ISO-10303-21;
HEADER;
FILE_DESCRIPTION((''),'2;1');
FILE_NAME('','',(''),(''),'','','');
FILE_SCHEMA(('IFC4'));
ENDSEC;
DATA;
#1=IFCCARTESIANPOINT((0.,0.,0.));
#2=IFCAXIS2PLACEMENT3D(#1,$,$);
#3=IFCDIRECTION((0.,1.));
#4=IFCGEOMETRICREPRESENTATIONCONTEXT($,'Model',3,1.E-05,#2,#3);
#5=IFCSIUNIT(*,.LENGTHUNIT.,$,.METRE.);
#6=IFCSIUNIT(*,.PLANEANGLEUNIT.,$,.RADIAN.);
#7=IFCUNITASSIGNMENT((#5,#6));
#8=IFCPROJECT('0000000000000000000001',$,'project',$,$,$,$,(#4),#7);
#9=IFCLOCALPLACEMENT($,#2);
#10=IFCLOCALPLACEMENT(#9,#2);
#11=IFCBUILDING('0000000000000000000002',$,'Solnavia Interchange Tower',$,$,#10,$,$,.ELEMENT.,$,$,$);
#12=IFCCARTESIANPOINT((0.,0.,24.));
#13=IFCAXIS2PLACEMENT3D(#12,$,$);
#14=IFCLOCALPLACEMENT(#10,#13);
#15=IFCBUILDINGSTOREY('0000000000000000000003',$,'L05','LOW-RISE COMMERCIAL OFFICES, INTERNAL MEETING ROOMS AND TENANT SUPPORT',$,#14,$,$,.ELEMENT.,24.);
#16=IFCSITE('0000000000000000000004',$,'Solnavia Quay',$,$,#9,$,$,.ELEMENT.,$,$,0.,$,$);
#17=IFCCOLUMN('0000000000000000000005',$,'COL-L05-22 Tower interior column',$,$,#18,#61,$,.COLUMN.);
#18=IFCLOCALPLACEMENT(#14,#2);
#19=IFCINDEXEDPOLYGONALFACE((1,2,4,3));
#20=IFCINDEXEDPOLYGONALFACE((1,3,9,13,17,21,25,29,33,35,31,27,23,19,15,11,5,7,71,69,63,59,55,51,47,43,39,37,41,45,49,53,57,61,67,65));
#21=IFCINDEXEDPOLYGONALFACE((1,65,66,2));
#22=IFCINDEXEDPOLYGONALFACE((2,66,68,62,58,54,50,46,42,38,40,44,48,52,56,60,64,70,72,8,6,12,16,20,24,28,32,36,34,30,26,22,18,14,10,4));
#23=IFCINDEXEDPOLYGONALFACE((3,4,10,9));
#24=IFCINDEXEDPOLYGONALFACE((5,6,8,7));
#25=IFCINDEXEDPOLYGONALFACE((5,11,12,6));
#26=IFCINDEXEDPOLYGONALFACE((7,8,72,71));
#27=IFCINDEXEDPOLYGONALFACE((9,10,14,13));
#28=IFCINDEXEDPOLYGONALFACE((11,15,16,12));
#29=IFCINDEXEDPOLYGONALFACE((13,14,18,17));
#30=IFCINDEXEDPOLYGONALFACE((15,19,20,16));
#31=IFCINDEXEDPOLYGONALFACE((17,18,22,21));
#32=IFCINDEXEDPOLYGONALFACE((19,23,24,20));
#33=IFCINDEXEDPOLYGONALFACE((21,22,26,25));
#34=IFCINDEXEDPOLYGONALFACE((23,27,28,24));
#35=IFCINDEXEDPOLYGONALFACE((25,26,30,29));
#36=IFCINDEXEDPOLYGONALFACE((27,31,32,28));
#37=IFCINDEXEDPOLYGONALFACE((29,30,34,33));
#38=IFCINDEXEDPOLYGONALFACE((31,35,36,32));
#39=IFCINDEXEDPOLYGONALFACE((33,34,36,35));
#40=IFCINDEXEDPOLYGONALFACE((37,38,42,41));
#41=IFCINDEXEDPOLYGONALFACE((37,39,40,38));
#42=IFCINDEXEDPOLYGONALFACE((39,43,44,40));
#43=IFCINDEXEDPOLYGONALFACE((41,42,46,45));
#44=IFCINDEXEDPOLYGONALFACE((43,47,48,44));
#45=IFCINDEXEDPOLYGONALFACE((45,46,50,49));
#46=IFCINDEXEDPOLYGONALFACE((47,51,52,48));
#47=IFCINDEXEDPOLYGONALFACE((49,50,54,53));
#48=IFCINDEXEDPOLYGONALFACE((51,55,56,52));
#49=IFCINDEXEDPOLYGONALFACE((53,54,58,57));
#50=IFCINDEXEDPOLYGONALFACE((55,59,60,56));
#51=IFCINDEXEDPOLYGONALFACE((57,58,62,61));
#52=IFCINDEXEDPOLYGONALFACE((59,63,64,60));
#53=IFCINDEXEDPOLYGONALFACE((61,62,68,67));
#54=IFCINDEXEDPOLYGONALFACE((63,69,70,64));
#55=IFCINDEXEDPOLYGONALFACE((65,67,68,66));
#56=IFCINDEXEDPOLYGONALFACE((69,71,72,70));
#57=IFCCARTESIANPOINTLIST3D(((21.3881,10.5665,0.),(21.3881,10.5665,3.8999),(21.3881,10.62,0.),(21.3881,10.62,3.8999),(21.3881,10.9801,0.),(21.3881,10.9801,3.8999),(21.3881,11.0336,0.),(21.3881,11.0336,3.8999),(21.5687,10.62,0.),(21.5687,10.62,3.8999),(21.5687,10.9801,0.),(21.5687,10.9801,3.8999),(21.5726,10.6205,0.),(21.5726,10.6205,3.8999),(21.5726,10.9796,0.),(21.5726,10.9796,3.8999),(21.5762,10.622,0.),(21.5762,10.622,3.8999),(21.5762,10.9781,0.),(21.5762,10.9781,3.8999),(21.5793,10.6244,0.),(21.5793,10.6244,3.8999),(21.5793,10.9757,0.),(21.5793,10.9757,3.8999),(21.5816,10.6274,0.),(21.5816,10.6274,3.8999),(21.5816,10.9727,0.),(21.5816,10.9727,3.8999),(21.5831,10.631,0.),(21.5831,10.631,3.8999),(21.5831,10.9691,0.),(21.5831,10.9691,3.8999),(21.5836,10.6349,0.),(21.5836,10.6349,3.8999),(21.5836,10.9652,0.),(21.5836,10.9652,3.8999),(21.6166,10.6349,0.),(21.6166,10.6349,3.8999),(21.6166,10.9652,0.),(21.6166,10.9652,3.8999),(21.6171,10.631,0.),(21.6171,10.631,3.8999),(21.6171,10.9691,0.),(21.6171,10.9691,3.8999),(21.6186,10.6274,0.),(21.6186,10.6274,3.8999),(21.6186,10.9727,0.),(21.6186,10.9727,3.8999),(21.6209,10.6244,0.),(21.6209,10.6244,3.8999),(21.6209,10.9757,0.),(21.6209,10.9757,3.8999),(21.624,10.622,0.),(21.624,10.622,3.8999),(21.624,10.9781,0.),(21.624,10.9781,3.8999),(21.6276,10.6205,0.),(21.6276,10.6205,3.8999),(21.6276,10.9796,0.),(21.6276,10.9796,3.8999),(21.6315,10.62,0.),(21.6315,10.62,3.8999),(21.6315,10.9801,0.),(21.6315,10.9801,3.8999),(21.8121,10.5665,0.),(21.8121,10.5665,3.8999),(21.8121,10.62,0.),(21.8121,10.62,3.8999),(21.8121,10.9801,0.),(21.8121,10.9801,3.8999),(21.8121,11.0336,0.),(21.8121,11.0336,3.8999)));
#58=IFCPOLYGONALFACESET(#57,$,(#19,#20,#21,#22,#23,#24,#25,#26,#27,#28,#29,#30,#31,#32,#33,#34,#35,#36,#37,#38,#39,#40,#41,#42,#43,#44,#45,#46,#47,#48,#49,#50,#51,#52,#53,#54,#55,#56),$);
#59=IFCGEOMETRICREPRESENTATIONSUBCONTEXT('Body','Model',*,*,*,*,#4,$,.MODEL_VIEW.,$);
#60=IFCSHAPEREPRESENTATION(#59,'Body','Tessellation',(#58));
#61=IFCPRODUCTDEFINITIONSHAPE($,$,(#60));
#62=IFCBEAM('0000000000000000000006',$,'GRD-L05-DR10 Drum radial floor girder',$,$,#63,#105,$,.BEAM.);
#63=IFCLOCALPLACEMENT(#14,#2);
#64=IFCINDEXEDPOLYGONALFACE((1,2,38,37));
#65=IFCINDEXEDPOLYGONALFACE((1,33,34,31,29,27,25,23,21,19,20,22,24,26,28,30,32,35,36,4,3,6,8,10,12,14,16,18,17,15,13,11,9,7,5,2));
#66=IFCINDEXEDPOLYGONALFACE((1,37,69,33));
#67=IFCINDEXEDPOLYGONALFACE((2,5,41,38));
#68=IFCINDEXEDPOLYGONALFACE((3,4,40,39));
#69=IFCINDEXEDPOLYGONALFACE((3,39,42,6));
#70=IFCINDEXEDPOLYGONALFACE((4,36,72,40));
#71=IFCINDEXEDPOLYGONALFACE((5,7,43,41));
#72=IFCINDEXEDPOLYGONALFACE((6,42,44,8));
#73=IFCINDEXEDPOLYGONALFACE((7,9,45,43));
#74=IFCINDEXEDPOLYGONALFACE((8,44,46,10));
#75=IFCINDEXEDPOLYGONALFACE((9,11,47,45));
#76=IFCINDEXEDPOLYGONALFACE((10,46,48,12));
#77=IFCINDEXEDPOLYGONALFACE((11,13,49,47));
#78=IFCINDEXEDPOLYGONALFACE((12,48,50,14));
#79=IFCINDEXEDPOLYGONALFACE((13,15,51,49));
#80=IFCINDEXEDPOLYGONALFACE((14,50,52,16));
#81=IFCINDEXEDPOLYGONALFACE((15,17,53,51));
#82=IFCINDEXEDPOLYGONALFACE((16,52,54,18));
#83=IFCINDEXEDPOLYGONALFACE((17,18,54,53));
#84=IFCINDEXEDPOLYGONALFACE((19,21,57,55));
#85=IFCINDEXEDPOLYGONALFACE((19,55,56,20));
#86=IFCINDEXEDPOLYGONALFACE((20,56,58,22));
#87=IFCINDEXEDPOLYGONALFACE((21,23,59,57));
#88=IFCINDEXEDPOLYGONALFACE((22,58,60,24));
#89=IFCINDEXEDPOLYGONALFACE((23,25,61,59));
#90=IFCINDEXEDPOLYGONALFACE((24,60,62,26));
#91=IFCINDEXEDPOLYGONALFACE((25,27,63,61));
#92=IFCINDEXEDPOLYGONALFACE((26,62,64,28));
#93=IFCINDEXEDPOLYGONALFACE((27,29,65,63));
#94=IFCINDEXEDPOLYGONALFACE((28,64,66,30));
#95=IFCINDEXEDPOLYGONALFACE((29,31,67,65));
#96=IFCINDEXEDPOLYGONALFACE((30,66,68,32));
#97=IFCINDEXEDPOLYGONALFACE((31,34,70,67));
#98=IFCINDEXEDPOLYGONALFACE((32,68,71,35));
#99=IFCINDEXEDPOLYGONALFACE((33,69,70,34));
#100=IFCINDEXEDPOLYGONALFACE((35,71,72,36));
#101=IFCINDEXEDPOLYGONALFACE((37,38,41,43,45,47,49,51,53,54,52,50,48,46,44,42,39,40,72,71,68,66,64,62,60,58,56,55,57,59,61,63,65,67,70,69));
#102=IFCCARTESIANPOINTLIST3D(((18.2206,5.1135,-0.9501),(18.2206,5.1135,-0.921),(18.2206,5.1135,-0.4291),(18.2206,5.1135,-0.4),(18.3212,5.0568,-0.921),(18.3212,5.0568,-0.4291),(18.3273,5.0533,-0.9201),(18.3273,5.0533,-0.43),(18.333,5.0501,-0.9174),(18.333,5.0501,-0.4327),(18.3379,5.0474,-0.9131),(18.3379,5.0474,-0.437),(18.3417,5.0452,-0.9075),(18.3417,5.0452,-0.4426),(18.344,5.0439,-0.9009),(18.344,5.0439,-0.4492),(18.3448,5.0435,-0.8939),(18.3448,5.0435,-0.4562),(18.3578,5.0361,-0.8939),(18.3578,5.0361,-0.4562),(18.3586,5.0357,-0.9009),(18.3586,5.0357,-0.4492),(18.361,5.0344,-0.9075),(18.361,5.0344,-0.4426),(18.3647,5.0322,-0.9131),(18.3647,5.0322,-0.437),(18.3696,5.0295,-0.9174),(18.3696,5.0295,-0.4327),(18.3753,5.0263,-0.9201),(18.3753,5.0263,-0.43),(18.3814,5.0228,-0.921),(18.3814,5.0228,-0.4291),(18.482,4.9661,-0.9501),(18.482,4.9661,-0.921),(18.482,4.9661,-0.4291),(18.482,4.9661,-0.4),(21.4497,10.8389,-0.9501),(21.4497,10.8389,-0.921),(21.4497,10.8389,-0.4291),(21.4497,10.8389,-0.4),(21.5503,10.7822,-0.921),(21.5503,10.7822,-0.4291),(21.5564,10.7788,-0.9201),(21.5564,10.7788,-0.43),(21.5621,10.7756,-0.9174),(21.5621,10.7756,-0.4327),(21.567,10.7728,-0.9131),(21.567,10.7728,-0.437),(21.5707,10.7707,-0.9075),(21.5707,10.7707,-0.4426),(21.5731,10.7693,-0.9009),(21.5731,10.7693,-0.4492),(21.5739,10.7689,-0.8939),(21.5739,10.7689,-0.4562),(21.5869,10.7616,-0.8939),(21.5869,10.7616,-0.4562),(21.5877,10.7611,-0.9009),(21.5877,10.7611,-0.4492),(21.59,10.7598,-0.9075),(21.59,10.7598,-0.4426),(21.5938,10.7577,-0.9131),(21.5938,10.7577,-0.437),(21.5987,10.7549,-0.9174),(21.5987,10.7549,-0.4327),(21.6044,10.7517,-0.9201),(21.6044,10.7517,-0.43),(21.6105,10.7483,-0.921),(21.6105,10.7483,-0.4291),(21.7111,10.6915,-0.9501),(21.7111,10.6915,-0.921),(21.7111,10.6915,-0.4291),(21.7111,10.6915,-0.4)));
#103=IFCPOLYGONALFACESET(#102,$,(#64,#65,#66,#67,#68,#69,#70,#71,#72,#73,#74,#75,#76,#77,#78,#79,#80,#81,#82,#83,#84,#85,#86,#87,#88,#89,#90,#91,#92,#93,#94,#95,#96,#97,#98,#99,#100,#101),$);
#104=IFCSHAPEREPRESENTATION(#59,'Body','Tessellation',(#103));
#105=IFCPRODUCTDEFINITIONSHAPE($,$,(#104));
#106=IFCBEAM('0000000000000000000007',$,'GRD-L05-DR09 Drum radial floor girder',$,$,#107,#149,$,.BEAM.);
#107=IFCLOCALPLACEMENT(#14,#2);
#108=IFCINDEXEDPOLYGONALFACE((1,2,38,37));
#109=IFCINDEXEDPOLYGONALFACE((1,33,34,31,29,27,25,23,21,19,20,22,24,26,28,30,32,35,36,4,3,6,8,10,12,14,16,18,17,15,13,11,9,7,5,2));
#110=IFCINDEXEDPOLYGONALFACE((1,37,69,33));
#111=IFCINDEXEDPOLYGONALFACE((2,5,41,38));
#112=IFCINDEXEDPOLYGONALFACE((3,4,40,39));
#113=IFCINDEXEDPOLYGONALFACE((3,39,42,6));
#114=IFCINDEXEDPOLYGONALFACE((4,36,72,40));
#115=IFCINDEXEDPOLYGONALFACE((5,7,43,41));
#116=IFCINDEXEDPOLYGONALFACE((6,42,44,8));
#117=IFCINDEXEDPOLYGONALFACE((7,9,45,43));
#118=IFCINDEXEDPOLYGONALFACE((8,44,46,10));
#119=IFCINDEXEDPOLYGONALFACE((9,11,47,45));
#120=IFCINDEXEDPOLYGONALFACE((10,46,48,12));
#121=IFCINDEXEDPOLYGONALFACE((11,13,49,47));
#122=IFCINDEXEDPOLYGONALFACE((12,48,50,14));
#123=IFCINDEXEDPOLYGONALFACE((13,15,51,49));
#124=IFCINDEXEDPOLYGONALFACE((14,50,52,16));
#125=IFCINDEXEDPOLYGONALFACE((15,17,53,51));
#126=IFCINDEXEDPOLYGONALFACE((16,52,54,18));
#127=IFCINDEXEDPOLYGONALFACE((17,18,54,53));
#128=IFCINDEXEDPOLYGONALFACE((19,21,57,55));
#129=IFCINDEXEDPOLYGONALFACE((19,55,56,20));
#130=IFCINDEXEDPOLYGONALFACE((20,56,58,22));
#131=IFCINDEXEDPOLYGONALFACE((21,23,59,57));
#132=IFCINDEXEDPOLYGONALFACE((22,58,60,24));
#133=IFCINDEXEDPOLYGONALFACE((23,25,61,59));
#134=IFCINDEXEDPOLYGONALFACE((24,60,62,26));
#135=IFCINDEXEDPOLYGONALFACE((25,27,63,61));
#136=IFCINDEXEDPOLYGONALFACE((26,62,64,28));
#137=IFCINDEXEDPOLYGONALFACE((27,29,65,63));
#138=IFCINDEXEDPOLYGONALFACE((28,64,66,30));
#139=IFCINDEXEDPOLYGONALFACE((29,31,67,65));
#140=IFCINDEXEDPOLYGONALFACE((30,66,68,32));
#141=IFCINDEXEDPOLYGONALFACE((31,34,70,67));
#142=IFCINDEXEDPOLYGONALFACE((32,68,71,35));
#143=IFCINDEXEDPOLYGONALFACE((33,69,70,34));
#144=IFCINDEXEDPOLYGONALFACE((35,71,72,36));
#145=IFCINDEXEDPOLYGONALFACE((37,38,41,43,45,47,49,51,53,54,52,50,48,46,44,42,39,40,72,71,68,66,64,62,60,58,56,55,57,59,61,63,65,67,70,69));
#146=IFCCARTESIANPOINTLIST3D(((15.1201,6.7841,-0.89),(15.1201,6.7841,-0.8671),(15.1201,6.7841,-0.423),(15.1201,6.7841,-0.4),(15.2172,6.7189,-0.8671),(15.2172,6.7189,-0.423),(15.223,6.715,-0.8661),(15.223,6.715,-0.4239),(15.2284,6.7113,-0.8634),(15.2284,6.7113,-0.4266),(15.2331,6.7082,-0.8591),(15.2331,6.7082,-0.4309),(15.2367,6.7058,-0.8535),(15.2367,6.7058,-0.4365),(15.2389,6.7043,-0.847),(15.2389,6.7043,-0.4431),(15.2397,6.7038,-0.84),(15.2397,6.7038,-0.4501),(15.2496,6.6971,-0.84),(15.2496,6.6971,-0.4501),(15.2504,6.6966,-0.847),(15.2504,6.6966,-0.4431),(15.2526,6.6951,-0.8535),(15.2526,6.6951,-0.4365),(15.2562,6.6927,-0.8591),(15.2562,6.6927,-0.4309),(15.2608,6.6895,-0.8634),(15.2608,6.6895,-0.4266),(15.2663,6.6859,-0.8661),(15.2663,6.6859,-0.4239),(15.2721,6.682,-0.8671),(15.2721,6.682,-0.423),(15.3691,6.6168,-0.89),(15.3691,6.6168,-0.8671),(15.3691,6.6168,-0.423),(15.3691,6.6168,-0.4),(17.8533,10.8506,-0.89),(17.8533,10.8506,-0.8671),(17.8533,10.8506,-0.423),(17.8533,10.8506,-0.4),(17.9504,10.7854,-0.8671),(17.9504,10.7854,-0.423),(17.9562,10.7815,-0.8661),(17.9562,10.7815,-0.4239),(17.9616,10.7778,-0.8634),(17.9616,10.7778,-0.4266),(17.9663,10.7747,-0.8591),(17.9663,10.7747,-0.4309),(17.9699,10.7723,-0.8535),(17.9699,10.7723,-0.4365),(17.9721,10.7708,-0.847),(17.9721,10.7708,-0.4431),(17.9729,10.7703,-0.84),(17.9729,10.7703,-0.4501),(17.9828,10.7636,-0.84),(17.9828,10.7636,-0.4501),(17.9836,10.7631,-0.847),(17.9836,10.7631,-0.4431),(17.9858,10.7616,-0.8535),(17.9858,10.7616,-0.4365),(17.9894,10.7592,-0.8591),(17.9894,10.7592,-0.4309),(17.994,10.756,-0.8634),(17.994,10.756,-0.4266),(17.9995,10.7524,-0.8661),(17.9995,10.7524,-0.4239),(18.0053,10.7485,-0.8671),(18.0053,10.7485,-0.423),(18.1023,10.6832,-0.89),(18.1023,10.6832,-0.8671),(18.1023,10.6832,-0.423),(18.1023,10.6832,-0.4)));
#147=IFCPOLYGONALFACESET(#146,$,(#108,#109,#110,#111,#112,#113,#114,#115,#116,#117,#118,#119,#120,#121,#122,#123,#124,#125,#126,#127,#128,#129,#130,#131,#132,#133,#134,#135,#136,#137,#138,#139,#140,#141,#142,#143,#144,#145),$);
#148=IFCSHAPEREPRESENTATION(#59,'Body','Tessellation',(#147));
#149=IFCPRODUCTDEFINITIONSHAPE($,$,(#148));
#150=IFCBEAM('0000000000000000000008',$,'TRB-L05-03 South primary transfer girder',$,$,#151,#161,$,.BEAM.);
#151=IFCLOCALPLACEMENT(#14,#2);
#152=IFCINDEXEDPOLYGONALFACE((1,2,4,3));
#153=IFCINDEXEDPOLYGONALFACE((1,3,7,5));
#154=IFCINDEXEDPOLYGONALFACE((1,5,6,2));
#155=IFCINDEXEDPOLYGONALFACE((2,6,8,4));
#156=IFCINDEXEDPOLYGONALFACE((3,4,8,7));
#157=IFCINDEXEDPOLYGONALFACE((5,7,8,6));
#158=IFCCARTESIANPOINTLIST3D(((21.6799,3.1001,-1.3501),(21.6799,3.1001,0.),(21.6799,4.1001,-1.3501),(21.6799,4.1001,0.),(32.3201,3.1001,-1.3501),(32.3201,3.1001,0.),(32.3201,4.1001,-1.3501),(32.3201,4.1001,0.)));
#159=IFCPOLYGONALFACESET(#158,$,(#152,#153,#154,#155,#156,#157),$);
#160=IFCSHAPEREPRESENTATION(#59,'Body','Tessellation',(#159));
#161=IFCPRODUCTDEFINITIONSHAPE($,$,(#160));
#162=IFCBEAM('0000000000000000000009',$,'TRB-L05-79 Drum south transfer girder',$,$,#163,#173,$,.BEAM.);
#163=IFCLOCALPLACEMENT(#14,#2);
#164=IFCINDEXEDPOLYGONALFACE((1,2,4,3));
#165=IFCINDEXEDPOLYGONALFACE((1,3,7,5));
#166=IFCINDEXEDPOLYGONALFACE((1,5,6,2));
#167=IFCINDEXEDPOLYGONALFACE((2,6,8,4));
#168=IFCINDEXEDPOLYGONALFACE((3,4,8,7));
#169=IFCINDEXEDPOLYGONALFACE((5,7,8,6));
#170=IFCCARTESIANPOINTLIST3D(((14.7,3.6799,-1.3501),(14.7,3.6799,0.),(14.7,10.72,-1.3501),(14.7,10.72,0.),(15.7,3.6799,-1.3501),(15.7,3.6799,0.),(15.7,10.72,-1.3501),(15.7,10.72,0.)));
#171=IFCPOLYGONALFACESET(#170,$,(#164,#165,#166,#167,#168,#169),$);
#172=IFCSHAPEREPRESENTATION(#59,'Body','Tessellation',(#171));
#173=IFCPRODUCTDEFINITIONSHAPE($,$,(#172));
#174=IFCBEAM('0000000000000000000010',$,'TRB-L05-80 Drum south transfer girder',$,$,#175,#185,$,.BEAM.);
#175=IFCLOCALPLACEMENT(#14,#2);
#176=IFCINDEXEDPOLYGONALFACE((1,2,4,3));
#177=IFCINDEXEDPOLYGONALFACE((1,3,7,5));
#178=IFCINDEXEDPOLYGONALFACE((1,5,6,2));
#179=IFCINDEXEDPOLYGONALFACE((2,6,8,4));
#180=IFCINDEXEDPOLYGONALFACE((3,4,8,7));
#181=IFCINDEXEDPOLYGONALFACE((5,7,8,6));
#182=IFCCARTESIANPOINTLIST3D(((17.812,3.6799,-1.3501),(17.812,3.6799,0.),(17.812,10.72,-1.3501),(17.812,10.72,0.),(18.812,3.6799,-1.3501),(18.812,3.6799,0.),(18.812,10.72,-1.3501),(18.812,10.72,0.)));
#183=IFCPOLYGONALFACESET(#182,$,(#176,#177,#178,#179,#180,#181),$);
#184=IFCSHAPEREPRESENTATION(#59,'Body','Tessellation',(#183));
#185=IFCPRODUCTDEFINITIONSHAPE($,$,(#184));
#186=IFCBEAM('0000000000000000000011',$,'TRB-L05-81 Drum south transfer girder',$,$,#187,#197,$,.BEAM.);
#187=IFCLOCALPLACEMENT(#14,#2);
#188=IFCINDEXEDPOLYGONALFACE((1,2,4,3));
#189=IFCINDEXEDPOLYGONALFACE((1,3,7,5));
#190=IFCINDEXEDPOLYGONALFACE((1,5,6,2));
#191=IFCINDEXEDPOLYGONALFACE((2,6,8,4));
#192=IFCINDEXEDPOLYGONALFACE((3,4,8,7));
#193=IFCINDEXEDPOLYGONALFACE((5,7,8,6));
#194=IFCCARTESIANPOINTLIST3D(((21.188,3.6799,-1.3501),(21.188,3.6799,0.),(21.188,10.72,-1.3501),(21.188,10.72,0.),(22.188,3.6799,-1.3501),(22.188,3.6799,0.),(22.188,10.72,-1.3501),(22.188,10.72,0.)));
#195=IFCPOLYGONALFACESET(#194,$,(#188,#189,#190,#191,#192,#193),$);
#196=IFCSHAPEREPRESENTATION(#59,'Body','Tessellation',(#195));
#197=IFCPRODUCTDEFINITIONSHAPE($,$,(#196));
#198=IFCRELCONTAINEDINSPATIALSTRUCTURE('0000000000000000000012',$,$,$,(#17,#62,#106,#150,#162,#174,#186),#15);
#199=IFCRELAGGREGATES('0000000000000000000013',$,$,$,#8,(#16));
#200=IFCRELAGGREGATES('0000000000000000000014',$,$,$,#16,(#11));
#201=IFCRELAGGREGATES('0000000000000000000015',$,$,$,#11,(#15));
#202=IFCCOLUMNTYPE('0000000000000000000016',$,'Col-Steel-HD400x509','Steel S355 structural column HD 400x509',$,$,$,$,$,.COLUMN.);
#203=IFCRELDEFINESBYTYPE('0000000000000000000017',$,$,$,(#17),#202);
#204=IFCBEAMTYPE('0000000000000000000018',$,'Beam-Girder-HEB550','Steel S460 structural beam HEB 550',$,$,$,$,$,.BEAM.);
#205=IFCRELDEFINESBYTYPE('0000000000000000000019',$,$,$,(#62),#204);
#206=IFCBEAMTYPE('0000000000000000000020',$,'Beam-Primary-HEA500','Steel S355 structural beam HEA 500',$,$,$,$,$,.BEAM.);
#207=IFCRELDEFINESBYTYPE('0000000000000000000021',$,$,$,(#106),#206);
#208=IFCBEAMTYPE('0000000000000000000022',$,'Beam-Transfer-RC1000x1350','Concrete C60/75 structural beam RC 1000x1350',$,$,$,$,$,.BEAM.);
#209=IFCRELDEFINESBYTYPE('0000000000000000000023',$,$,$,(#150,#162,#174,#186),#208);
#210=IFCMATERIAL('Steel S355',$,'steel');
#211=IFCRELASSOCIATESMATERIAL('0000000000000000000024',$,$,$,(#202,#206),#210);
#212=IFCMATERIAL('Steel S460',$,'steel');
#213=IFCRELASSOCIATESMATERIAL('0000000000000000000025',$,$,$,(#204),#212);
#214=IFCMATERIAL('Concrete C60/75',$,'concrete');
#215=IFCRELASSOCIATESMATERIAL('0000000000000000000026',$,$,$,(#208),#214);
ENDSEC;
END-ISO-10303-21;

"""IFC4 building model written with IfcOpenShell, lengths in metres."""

from ifc_helpers import new_model, si_unit, direction, frame, origin, origin_2d, place, context, subcontext, project, spatial, rectangle, i_section, extrude, material, material_profile, profile_set, type_object, element, save


model = new_model("IFC4")

# Units and contexts
model_context = context("Model", 3, precision=1e-05, world=origin(), true_north=direction((0.0, 1.0)))
body_context = subcontext(model_context, "Body", "Model", "MODEL_VIEW")
ifc_project = project(units=[si_unit("LENGTHUNIT", "METRE"), si_unit("PLANEANGLEUNIT", "RADIAN")], contexts=[model_context])

# Site, building, storey
site_placement = place(None, origin())
site = spatial("IfcSite", under=ifc_project, at=site_placement, Name="Solnavia Quay", CompositionType="ELEMENT", RefElevation=0.0)
building_placement = place(site_placement, origin())
building = spatial("IfcBuilding", under=site, at=building_placement, Name="Solnavia Interchange Tower", CompositionType="ELEMENT")
storey_placement = place(building_placement, frame((0.0, 0.0, 24.0)))
storey = spatial("IfcBuildingStorey", under=building, at=storey_placement, Name="L05", Description="LOW-RISE COMMERCIAL OFFICES, INTERNAL MEETING ROOMS AND TENANT SUPPORT", CompositionType="ELEMENT", Elevation=24.0)

# Column
ifc_material_1 = material(Name="Concrete C60/75", Category="concrete")
ifc_material_2 = material(Name="Steel S355", Category="steel")
ifc_material_profile_1 = material_profile(ifc_material_2, i_section(OverallWidth=0.4241, OverallDepth=0.467, WebThickness=0.033, FlangeThickness=0.0535, FilletRadius=0.0149, at=origin_2d()), Name="HD 400x509")
ifc_profile_set_1 = profile_set([ifc_material_profile_1], Name="Steel S355")
column_type_1 = type_object("IfcColumnType", Name="Col-Steel-HD400x509", Description="Steel S355 structural column HD 400x509", PredefinedType="COLUMN", material=ifc_profile_set_1)
column_placement = place(storey_placement, frame((21.6001, 10.8, 0.0), z_axis=(0.0, 0.0, 1.0), x_axis=(1.0, 0.0, 0.0)))
element("IfcColumn", 1, at=column_placement, inside=storey, type_object=column_type_1, Name="COL-L05-22 Tower interior column", PredefinedType="COLUMN", context=body_context, shape_type="SweptSolid", body=[
    extrude(i_section(OverallWidth=0.4241, OverallDepth=0.467, WebThickness=0.033, FlangeThickness=0.0535, FilletRadius=0.0149, at=origin_2d()), origin(), (0.0, 0.0, 1.0), 3.8999),
])

# Beams
ifc_material_3 = material(Name="Steel S460", Category="steel")
ifc_material_profile_2 = material_profile(ifc_material_3, i_section(OverallWidth=0.3, OverallDepth=0.55, WebThickness=0.0149, FlangeThickness=0.0291, FilletRadius=0.0271, at=origin_2d()), Name="HEB 550")
ifc_profile_set_2 = profile_set([ifc_material_profile_2], Name="Steel S460")
beam_type_1 = type_object("IfcBeamType", Name="Beam-Girder-HEB550", Description="Steel S460 structural beam HEB 550", PredefinedType="BEAM", material=ifc_profile_set_2)
beam_1_placement = place(storey_placement, frame((18.3513, 5.0398, -0.675), z_axis=(0.491243, 0.871022, 0.0), x_axis=(-0.871022, 0.491243, 0.0)))
element("IfcBeam", 2, at=beam_1_placement, inside=storey, type_object=beam_type_1, Name="GRD-L05-DR10 Drum radial floor girder", PredefinedType="BEAM", context=body_context, shape_type="SweptSolid", body=[
    extrude(i_section(OverallWidth=0.3, OverallDepth=0.55, WebThickness=0.0149, FlangeThickness=0.0291, FilletRadius=0.0271, at=origin_2d()), origin(), (0.0, 0.0, 1.0), 6.5732),
])
ifc_material_profile_3 = material_profile(ifc_material_2, i_section(OverallWidth=0.3, OverallDepth=0.49, WebThickness=0.012, FlangeThickness=0.0229, FilletRadius=0.0271, at=origin_2d()), Name="HEA 500")
ifc_profile_set_3 = profile_set([ifc_material_profile_3], Name="Steel S355")
beam_type_2 = type_object("IfcBeamType", Name="Beam-Primary-HEA500", Description="Steel S355 structural beam HEA 500", PredefinedType="BEAM", material=ifc_profile_set_3)
beam_2_placement = place(storey_placement, frame((15.2446, 6.7004, -0.645), z_axis=(0.557835, 0.829952, 0.0), x_axis=(-0.829952, 0.557835, 0.0)))
element("IfcBeam", 3, at=beam_2_placement, inside=storey, type_object=beam_type_2, Name="GRD-L05-DR09 Drum radial floor girder", PredefinedType="BEAM", context=body_context, shape_type="SweptSolid", body=[
    extrude(i_section(OverallWidth=0.3, OverallDepth=0.49, WebThickness=0.012, FlangeThickness=0.0229, FilletRadius=0.0271, at=origin_2d()), origin(), (0.0, 0.0, 1.0), 4.8997),
])
ifc_material_profile_4 = material_profile(ifc_material_1, rectangle(XDim=1.0, YDim=1.3501, at=origin_2d()), Name="RC 1000x1350")
ifc_profile_set_4 = profile_set([ifc_material_profile_4], Name="Concrete C60/75")
beam_type_3 = type_object("IfcBeamType", Name="Beam-Transfer-RC1000x1350", Description="Concrete C60/75 structural beam RC 1000x1350", PredefinedType="BEAM", material=ifc_profile_set_4)
beam_3_placement = place(storey_placement, frame((21.6799, 3.6001, -0.675), z_axis=(1.0, 0.0, 0.0), x_axis=(0.0, 1.0, 0.0)))
element("IfcBeam", 4, at=beam_3_placement, inside=storey, type_object=beam_type_3, Name="TRB-L05-03 South primary transfer girder", PredefinedType="BEAM", context=body_context, shape_type="SweptSolid", body=[
    extrude(rectangle(XDim=1.0, YDim=1.3501, at=origin_2d()), origin(), (0.0, 0.0, 1.0), 10.6401),
])
for number, where, z_axis, x_axis, name in (
    (5, (15.2, 3.6799, -0.675), (0.0, 1.0, 0.0), (-1.0, 0.0, 0.0), "TRB-L05-79 Drum south transfer girder"),
    (6, (18.312, 3.6799, -0.675), (0.0, 1.0, 0.0), (-1.0, 0.0, 0.0), "TRB-L05-80 Drum south transfer girder"),
    (7, (21.688, 3.6799, -0.675), (0.0, 1.0, 0.0), (-1.0, 0.0, 0.0), "TRB-L05-81 Drum south transfer girder"),
):
    element("IfcBeam", number, at=place(storey_placement, frame(where, z_axis=z_axis, x_axis=x_axis)), inside=storey, type_object=beam_type_3, Name=name, PredefinedType="BEAM", context=body_context, shape_type="SweptSolid", body=[
        extrude(rectangle(XDim=1.0, YDim=1.3501, at=origin_2d()), origin(), (0.0, 0.0, 1.0), 7.04),
    ])

save(model, "model.ifc")
